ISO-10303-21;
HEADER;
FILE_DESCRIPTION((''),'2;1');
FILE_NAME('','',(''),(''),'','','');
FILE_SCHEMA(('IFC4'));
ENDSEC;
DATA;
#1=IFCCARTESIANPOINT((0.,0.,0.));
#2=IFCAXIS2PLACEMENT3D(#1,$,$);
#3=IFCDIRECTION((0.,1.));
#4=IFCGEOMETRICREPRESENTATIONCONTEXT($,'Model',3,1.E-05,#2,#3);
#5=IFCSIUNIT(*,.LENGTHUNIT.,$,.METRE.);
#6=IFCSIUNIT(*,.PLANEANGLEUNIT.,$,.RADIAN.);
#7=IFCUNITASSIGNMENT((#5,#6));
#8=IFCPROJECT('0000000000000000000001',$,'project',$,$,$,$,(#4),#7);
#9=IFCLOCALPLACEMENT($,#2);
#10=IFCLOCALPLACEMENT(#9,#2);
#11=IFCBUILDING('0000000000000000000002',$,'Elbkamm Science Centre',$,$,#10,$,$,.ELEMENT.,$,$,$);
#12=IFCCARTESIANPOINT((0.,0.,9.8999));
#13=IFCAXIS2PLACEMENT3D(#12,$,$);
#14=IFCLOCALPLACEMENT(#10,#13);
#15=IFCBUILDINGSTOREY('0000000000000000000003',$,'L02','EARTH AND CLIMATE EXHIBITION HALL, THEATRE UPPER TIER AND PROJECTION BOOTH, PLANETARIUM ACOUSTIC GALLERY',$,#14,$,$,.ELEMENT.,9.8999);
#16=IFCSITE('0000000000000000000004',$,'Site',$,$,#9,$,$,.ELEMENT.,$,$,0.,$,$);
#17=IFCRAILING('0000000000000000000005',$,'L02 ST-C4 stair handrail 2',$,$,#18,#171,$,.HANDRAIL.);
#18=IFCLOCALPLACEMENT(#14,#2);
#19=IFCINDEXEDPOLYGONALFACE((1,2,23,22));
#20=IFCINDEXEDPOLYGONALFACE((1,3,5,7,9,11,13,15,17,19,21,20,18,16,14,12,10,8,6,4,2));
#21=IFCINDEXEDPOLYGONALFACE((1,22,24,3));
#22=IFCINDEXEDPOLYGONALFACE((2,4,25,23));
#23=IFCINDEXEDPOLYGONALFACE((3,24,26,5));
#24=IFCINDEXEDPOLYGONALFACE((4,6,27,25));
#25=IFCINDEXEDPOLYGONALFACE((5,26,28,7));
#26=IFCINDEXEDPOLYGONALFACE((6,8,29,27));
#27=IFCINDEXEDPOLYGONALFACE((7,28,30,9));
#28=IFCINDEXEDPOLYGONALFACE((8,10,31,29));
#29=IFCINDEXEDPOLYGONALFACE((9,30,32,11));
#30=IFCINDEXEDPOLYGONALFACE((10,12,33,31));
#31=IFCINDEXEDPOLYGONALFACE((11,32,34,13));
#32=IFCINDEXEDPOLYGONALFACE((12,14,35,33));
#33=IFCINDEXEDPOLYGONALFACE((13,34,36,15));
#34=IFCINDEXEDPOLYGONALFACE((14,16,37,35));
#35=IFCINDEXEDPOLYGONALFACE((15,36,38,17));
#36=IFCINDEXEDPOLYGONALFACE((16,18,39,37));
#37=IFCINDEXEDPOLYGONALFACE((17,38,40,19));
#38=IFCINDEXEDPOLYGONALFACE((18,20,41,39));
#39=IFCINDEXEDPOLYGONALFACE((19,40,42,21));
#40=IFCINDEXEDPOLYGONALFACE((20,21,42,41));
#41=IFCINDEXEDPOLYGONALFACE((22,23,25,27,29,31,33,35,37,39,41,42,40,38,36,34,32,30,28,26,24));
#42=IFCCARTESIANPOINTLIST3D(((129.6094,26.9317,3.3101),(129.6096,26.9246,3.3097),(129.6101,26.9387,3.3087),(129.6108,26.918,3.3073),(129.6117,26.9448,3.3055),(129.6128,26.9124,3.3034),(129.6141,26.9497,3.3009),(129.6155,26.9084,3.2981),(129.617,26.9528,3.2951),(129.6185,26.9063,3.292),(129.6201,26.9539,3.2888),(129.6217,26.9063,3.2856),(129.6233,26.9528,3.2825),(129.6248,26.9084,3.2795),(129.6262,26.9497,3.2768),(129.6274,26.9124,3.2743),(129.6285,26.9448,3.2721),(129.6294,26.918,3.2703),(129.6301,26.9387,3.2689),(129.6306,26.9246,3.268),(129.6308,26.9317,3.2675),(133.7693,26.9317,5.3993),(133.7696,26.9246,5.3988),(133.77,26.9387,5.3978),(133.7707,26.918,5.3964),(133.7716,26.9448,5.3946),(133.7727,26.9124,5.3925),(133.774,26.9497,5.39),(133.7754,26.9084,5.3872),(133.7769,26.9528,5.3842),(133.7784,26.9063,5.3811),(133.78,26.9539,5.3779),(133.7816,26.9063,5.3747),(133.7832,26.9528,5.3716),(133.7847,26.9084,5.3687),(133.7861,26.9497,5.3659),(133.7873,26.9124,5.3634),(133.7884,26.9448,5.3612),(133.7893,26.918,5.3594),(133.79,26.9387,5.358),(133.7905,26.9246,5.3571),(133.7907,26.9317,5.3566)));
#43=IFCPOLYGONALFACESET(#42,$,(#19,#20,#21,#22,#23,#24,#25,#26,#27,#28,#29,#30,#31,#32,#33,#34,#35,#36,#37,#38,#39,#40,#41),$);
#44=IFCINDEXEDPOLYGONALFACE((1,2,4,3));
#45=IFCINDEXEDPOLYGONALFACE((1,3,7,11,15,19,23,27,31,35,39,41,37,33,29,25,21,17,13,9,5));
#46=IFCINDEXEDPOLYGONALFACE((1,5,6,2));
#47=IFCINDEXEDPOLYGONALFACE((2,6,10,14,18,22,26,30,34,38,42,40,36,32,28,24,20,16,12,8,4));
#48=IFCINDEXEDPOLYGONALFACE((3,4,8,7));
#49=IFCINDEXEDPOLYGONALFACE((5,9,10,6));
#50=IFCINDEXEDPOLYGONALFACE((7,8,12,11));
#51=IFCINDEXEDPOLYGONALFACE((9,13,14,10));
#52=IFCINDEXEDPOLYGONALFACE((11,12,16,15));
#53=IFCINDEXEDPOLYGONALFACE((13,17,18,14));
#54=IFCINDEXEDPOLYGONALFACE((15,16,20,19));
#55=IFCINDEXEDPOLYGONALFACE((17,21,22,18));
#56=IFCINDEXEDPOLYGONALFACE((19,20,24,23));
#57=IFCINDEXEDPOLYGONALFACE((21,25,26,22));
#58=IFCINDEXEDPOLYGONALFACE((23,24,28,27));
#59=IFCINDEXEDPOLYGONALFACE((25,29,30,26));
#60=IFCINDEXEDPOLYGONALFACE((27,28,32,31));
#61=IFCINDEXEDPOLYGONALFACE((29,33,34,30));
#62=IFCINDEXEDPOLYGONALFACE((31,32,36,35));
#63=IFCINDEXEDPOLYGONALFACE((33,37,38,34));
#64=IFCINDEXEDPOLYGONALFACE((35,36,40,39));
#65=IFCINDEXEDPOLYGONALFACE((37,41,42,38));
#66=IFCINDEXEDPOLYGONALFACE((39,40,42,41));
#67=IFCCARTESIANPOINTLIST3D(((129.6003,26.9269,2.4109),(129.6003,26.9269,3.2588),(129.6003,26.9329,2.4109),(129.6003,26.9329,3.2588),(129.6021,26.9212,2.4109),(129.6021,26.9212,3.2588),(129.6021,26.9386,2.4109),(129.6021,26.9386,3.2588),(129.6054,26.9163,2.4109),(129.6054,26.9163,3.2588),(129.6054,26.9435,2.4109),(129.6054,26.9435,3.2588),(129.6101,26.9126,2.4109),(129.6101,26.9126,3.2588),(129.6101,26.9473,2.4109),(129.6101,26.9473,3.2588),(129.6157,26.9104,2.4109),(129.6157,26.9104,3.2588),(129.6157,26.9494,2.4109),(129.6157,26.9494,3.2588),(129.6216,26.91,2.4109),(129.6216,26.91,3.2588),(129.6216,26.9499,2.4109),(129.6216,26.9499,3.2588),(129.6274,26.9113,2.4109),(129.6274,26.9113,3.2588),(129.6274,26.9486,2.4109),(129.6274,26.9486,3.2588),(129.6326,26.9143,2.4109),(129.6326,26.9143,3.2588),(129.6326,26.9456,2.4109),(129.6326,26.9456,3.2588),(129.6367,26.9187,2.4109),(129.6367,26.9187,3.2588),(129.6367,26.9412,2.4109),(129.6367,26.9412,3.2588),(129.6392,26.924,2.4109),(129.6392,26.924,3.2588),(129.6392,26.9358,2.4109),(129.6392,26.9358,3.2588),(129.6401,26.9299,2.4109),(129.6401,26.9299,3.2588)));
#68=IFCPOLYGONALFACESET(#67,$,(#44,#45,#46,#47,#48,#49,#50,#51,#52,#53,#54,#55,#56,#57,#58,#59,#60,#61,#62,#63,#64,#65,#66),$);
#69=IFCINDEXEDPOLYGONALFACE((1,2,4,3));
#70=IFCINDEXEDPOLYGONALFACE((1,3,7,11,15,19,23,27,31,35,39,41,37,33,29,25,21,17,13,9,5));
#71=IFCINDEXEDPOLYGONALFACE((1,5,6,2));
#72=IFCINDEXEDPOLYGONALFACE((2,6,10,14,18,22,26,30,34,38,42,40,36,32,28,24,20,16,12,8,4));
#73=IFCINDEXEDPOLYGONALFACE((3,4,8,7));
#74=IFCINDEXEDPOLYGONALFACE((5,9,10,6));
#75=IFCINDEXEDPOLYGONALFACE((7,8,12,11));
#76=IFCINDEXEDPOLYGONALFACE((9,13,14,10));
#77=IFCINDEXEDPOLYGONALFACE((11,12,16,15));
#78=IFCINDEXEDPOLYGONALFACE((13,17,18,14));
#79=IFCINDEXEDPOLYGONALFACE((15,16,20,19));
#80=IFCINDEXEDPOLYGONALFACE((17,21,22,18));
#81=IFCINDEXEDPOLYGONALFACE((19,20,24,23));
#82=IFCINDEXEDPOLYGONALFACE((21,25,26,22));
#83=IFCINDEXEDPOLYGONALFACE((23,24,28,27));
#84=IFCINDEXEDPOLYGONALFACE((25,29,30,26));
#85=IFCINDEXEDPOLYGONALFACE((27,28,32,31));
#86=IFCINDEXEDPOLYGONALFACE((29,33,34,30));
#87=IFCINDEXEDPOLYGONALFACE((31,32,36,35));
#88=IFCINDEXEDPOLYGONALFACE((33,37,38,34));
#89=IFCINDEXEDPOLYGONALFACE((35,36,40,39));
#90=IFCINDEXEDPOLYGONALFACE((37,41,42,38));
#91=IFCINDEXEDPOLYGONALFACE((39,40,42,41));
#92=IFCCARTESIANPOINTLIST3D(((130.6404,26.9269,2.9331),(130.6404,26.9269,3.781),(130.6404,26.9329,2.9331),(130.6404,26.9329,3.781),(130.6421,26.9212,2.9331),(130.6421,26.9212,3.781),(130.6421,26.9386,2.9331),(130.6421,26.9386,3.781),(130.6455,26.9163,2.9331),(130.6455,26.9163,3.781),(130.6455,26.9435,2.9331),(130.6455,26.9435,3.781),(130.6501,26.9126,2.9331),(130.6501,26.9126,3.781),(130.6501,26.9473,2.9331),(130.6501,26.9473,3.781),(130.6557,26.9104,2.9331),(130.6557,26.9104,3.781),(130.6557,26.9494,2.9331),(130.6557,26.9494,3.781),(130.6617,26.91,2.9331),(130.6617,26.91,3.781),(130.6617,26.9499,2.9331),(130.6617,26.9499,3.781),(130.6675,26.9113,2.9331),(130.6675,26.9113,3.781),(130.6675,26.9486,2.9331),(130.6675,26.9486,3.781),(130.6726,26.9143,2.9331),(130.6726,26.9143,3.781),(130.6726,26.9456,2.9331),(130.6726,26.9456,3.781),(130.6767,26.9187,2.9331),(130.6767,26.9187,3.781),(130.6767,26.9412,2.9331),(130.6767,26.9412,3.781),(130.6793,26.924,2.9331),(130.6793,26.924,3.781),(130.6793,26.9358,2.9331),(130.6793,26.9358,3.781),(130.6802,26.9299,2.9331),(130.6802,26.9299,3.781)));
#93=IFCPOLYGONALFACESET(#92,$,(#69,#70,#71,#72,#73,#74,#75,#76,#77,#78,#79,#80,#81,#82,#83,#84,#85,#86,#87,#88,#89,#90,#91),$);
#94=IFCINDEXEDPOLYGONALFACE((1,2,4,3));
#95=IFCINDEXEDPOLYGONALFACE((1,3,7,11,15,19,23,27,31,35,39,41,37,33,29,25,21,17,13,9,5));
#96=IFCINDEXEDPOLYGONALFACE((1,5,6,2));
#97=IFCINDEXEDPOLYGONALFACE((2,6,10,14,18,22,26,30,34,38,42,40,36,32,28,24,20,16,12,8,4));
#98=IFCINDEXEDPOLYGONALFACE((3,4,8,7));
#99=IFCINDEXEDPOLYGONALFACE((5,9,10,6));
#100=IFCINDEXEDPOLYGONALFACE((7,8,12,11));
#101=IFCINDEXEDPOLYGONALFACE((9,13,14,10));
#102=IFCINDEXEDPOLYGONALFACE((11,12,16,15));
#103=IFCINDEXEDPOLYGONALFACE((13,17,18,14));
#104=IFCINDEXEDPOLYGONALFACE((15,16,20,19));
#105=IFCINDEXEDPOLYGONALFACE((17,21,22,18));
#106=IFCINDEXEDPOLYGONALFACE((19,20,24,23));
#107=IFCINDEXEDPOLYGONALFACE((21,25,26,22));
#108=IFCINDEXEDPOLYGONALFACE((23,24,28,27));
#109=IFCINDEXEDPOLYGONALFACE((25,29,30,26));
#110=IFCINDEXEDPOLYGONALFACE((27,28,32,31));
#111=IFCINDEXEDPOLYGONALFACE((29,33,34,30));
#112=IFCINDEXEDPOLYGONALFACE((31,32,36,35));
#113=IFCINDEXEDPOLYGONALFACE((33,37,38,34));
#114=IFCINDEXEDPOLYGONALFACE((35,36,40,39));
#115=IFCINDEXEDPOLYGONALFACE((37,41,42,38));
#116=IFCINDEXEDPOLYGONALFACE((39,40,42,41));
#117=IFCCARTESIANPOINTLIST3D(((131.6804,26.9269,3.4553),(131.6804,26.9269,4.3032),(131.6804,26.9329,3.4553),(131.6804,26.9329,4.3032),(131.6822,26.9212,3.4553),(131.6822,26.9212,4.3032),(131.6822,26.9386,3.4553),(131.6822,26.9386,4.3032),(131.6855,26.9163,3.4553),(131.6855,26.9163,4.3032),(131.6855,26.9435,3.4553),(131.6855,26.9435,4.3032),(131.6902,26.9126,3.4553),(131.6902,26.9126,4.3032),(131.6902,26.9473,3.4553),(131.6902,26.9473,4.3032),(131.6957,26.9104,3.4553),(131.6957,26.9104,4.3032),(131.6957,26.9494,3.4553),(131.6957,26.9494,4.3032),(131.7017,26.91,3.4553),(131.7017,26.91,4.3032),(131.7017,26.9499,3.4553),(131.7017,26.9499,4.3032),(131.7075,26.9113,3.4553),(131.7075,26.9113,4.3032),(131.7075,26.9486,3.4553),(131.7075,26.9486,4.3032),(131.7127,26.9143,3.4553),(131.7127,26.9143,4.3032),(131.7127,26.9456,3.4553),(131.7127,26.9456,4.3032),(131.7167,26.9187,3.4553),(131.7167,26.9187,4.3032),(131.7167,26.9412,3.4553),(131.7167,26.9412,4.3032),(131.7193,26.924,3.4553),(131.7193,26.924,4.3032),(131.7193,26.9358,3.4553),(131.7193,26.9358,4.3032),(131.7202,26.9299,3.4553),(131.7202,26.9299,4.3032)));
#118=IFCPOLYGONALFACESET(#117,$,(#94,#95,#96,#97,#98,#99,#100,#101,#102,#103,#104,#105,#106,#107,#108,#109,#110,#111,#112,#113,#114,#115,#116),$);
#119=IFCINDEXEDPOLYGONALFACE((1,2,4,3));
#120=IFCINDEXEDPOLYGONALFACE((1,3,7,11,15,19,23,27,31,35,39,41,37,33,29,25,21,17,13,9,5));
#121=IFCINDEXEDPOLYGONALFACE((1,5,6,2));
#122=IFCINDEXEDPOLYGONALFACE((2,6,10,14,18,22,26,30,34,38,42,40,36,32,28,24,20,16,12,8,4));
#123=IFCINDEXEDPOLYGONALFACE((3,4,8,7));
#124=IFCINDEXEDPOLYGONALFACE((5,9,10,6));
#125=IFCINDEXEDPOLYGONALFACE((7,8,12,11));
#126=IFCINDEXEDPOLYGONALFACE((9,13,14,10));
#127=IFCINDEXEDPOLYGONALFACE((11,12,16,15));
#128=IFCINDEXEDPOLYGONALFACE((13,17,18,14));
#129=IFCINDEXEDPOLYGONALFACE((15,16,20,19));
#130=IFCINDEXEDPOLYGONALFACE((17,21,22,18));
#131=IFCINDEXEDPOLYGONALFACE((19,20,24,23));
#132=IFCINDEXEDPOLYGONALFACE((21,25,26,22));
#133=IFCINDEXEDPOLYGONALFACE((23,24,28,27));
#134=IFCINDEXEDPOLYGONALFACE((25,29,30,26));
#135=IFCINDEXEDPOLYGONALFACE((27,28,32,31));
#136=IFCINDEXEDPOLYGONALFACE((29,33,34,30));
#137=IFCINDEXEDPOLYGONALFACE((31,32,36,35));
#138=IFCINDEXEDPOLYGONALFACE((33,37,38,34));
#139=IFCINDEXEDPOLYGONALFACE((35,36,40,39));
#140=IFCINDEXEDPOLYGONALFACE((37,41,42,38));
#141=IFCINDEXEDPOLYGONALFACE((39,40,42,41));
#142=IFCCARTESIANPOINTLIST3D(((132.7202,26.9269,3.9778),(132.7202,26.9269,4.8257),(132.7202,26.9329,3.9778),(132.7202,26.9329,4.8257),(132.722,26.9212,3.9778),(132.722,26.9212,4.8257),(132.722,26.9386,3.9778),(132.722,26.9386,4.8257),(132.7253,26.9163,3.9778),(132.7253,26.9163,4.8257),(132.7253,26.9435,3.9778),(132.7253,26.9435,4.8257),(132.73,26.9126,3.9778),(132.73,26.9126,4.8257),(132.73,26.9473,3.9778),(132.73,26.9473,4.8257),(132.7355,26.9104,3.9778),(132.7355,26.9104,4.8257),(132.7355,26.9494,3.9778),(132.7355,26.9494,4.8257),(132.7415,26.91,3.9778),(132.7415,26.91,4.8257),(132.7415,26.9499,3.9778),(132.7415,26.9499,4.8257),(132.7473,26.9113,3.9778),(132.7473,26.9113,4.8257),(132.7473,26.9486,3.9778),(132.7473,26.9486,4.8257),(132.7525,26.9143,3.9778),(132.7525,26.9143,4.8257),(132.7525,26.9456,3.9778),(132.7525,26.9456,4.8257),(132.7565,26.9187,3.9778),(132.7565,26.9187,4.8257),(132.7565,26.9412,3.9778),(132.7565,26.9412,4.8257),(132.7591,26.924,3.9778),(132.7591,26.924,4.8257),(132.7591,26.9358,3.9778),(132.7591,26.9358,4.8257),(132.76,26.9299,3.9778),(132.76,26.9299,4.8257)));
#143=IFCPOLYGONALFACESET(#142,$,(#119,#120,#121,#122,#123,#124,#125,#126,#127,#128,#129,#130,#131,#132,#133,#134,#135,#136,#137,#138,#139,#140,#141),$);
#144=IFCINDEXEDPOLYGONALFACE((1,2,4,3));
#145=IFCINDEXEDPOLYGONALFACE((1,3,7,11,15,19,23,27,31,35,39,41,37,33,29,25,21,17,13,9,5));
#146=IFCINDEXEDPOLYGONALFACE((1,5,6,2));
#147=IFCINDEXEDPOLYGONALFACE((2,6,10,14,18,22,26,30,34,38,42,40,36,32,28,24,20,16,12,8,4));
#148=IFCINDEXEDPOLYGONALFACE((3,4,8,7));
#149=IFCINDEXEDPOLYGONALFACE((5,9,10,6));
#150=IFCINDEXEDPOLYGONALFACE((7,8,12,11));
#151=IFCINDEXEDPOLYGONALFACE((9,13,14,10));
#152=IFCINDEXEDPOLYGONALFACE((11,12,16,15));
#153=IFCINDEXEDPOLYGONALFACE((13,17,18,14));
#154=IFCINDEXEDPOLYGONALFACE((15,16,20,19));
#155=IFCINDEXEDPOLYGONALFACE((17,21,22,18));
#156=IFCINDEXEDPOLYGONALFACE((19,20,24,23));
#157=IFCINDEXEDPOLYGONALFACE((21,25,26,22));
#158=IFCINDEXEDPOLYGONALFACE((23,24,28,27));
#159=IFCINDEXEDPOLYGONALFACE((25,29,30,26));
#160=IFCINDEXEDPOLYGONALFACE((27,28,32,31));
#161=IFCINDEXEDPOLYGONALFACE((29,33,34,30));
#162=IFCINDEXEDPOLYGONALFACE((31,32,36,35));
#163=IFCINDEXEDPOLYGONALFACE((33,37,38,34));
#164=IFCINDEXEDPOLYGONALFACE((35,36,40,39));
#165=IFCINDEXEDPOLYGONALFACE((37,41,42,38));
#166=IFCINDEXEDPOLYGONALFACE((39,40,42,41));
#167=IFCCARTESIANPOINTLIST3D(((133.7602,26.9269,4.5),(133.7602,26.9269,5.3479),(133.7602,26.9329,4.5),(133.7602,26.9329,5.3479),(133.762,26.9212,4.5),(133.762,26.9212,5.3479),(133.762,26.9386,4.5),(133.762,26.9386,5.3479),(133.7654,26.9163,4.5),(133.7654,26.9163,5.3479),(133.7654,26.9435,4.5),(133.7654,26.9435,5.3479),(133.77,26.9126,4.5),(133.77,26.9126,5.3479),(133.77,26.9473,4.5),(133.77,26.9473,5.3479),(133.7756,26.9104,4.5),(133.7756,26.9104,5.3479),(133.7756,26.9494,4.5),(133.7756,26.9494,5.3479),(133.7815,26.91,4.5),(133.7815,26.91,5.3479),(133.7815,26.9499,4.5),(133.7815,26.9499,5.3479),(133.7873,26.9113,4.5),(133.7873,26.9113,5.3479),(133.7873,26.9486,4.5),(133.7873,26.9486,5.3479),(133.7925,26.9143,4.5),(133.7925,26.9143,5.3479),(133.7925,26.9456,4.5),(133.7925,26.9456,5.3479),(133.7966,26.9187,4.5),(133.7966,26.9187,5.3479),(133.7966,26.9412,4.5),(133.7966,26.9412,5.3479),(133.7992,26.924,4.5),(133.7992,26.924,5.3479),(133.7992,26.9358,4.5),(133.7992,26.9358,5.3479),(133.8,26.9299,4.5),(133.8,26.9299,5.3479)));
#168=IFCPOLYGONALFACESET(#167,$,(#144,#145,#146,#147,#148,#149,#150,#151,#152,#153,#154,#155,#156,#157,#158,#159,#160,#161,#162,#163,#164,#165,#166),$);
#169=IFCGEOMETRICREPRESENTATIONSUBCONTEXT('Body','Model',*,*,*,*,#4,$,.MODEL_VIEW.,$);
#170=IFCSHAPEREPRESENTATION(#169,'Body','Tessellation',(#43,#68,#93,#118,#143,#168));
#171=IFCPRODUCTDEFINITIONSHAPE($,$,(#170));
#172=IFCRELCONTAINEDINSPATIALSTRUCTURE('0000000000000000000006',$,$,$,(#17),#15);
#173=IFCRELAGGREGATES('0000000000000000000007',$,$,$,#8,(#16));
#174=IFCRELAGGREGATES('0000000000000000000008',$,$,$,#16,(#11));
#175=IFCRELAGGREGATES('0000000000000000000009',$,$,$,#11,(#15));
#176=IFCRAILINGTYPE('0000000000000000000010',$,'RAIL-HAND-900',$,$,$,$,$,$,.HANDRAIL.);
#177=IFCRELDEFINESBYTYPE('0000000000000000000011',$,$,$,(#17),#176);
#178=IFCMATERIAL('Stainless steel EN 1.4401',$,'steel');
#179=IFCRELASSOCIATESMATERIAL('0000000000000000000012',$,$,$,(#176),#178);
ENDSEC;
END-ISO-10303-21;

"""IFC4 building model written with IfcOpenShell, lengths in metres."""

from ifc_helpers import new_model, si_unit, direction, frame, origin, origin_2d, place, context, subcontext, project, spatial, circle, extrude, material, type_object, element, save


model = new_model("IFC4")

# Units and contexts
model_context = context("Model", 3, precision=1e-05, world=origin(), true_north=direction((0.0, 1.0)))
body_context = subcontext(model_context, "Body", "Model", "MODEL_VIEW")
ifc_project = project(units=[si_unit("LENGTHUNIT", "METRE"), si_unit("PLANEANGLEUNIT", "RADIAN")], contexts=[model_context])

# Site, building, storey
site_placement = place(None, origin())
site = spatial("IfcSite", under=ifc_project, at=site_placement, Name="Site", CompositionType="ELEMENT", RefElevation=0.0)
building_placement = place(site_placement, origin())
building = spatial("IfcBuilding", under=site, at=building_placement, Name="Elbkamm Science Centre", CompositionType="ELEMENT")
storey_placement = place(building_placement, frame((0.0, 0.0, 9.8999)))
storey = spatial("IfcBuildingStorey", under=building, at=storey_placement, Name="L02", Description="EARTH AND CLIMATE EXHIBITION HALL, THEATRE UPPER TIER AND PROJECTION BOOTH, PLANETARIUM ACOUSTIC GALLERY", CompositionType="ELEMENT", Elevation=9.8999)

# Railing
ifc_material_1 = material(Name="Stainless steel EN 1.4401", Category="steel")
railing_type_1 = type_object("IfcRailingType", Name="RAIL-HAND-900", PredefinedType="HANDRAIL", material=ifc_material_1)
railing_1_placement = place(storey_placement, frame((129.6201, 26.9299, 2.4109)))
element("IfcRailing", 1, at=railing_1_placement, inside=storey, type_object=railing_type_1, Name="L02 ST-C4 stair handrail 2", PredefinedType="HANDRAIL", context=body_context, shape_type="SweptSolid", body=[
    extrude(circle(Radius=0.0239, at=origin_2d()), frame((0.0, 0.0, 0.8779), z_axis=(0.893639, 0.0, 0.448786), x_axis=(0.0, 1.0, 0.0)), (0.0, 0.0, 1.0), 4.655),
    extrude(circle(Radius=0.02, at=origin_2d()), origin(), (0.0, 0.0, 1.0), 0.8479),
    extrude(circle(Radius=0.02, at=origin_2d()), frame((1.04, 0.0, 0.5222)), (0.0, 0.0, 1.0), 0.8479),
    extrude(circle(Radius=0.02, at=origin_2d()), frame((2.0801, 0.0, 1.0444)), (0.0, 0.0, 1.0), 0.8479),
    extrude(circle(Radius=0.02, at=origin_2d()), frame((3.1199, 0.0, 1.5669)), (0.0, 0.0, 1.0), 0.8479),
    extrude(circle(Radius=0.02, at=origin_2d()), frame((4.1599, 0.0, 2.0891)), (0.0, 0.0, 1.0), 0.8479),
])

save(model, "model.ifc")
